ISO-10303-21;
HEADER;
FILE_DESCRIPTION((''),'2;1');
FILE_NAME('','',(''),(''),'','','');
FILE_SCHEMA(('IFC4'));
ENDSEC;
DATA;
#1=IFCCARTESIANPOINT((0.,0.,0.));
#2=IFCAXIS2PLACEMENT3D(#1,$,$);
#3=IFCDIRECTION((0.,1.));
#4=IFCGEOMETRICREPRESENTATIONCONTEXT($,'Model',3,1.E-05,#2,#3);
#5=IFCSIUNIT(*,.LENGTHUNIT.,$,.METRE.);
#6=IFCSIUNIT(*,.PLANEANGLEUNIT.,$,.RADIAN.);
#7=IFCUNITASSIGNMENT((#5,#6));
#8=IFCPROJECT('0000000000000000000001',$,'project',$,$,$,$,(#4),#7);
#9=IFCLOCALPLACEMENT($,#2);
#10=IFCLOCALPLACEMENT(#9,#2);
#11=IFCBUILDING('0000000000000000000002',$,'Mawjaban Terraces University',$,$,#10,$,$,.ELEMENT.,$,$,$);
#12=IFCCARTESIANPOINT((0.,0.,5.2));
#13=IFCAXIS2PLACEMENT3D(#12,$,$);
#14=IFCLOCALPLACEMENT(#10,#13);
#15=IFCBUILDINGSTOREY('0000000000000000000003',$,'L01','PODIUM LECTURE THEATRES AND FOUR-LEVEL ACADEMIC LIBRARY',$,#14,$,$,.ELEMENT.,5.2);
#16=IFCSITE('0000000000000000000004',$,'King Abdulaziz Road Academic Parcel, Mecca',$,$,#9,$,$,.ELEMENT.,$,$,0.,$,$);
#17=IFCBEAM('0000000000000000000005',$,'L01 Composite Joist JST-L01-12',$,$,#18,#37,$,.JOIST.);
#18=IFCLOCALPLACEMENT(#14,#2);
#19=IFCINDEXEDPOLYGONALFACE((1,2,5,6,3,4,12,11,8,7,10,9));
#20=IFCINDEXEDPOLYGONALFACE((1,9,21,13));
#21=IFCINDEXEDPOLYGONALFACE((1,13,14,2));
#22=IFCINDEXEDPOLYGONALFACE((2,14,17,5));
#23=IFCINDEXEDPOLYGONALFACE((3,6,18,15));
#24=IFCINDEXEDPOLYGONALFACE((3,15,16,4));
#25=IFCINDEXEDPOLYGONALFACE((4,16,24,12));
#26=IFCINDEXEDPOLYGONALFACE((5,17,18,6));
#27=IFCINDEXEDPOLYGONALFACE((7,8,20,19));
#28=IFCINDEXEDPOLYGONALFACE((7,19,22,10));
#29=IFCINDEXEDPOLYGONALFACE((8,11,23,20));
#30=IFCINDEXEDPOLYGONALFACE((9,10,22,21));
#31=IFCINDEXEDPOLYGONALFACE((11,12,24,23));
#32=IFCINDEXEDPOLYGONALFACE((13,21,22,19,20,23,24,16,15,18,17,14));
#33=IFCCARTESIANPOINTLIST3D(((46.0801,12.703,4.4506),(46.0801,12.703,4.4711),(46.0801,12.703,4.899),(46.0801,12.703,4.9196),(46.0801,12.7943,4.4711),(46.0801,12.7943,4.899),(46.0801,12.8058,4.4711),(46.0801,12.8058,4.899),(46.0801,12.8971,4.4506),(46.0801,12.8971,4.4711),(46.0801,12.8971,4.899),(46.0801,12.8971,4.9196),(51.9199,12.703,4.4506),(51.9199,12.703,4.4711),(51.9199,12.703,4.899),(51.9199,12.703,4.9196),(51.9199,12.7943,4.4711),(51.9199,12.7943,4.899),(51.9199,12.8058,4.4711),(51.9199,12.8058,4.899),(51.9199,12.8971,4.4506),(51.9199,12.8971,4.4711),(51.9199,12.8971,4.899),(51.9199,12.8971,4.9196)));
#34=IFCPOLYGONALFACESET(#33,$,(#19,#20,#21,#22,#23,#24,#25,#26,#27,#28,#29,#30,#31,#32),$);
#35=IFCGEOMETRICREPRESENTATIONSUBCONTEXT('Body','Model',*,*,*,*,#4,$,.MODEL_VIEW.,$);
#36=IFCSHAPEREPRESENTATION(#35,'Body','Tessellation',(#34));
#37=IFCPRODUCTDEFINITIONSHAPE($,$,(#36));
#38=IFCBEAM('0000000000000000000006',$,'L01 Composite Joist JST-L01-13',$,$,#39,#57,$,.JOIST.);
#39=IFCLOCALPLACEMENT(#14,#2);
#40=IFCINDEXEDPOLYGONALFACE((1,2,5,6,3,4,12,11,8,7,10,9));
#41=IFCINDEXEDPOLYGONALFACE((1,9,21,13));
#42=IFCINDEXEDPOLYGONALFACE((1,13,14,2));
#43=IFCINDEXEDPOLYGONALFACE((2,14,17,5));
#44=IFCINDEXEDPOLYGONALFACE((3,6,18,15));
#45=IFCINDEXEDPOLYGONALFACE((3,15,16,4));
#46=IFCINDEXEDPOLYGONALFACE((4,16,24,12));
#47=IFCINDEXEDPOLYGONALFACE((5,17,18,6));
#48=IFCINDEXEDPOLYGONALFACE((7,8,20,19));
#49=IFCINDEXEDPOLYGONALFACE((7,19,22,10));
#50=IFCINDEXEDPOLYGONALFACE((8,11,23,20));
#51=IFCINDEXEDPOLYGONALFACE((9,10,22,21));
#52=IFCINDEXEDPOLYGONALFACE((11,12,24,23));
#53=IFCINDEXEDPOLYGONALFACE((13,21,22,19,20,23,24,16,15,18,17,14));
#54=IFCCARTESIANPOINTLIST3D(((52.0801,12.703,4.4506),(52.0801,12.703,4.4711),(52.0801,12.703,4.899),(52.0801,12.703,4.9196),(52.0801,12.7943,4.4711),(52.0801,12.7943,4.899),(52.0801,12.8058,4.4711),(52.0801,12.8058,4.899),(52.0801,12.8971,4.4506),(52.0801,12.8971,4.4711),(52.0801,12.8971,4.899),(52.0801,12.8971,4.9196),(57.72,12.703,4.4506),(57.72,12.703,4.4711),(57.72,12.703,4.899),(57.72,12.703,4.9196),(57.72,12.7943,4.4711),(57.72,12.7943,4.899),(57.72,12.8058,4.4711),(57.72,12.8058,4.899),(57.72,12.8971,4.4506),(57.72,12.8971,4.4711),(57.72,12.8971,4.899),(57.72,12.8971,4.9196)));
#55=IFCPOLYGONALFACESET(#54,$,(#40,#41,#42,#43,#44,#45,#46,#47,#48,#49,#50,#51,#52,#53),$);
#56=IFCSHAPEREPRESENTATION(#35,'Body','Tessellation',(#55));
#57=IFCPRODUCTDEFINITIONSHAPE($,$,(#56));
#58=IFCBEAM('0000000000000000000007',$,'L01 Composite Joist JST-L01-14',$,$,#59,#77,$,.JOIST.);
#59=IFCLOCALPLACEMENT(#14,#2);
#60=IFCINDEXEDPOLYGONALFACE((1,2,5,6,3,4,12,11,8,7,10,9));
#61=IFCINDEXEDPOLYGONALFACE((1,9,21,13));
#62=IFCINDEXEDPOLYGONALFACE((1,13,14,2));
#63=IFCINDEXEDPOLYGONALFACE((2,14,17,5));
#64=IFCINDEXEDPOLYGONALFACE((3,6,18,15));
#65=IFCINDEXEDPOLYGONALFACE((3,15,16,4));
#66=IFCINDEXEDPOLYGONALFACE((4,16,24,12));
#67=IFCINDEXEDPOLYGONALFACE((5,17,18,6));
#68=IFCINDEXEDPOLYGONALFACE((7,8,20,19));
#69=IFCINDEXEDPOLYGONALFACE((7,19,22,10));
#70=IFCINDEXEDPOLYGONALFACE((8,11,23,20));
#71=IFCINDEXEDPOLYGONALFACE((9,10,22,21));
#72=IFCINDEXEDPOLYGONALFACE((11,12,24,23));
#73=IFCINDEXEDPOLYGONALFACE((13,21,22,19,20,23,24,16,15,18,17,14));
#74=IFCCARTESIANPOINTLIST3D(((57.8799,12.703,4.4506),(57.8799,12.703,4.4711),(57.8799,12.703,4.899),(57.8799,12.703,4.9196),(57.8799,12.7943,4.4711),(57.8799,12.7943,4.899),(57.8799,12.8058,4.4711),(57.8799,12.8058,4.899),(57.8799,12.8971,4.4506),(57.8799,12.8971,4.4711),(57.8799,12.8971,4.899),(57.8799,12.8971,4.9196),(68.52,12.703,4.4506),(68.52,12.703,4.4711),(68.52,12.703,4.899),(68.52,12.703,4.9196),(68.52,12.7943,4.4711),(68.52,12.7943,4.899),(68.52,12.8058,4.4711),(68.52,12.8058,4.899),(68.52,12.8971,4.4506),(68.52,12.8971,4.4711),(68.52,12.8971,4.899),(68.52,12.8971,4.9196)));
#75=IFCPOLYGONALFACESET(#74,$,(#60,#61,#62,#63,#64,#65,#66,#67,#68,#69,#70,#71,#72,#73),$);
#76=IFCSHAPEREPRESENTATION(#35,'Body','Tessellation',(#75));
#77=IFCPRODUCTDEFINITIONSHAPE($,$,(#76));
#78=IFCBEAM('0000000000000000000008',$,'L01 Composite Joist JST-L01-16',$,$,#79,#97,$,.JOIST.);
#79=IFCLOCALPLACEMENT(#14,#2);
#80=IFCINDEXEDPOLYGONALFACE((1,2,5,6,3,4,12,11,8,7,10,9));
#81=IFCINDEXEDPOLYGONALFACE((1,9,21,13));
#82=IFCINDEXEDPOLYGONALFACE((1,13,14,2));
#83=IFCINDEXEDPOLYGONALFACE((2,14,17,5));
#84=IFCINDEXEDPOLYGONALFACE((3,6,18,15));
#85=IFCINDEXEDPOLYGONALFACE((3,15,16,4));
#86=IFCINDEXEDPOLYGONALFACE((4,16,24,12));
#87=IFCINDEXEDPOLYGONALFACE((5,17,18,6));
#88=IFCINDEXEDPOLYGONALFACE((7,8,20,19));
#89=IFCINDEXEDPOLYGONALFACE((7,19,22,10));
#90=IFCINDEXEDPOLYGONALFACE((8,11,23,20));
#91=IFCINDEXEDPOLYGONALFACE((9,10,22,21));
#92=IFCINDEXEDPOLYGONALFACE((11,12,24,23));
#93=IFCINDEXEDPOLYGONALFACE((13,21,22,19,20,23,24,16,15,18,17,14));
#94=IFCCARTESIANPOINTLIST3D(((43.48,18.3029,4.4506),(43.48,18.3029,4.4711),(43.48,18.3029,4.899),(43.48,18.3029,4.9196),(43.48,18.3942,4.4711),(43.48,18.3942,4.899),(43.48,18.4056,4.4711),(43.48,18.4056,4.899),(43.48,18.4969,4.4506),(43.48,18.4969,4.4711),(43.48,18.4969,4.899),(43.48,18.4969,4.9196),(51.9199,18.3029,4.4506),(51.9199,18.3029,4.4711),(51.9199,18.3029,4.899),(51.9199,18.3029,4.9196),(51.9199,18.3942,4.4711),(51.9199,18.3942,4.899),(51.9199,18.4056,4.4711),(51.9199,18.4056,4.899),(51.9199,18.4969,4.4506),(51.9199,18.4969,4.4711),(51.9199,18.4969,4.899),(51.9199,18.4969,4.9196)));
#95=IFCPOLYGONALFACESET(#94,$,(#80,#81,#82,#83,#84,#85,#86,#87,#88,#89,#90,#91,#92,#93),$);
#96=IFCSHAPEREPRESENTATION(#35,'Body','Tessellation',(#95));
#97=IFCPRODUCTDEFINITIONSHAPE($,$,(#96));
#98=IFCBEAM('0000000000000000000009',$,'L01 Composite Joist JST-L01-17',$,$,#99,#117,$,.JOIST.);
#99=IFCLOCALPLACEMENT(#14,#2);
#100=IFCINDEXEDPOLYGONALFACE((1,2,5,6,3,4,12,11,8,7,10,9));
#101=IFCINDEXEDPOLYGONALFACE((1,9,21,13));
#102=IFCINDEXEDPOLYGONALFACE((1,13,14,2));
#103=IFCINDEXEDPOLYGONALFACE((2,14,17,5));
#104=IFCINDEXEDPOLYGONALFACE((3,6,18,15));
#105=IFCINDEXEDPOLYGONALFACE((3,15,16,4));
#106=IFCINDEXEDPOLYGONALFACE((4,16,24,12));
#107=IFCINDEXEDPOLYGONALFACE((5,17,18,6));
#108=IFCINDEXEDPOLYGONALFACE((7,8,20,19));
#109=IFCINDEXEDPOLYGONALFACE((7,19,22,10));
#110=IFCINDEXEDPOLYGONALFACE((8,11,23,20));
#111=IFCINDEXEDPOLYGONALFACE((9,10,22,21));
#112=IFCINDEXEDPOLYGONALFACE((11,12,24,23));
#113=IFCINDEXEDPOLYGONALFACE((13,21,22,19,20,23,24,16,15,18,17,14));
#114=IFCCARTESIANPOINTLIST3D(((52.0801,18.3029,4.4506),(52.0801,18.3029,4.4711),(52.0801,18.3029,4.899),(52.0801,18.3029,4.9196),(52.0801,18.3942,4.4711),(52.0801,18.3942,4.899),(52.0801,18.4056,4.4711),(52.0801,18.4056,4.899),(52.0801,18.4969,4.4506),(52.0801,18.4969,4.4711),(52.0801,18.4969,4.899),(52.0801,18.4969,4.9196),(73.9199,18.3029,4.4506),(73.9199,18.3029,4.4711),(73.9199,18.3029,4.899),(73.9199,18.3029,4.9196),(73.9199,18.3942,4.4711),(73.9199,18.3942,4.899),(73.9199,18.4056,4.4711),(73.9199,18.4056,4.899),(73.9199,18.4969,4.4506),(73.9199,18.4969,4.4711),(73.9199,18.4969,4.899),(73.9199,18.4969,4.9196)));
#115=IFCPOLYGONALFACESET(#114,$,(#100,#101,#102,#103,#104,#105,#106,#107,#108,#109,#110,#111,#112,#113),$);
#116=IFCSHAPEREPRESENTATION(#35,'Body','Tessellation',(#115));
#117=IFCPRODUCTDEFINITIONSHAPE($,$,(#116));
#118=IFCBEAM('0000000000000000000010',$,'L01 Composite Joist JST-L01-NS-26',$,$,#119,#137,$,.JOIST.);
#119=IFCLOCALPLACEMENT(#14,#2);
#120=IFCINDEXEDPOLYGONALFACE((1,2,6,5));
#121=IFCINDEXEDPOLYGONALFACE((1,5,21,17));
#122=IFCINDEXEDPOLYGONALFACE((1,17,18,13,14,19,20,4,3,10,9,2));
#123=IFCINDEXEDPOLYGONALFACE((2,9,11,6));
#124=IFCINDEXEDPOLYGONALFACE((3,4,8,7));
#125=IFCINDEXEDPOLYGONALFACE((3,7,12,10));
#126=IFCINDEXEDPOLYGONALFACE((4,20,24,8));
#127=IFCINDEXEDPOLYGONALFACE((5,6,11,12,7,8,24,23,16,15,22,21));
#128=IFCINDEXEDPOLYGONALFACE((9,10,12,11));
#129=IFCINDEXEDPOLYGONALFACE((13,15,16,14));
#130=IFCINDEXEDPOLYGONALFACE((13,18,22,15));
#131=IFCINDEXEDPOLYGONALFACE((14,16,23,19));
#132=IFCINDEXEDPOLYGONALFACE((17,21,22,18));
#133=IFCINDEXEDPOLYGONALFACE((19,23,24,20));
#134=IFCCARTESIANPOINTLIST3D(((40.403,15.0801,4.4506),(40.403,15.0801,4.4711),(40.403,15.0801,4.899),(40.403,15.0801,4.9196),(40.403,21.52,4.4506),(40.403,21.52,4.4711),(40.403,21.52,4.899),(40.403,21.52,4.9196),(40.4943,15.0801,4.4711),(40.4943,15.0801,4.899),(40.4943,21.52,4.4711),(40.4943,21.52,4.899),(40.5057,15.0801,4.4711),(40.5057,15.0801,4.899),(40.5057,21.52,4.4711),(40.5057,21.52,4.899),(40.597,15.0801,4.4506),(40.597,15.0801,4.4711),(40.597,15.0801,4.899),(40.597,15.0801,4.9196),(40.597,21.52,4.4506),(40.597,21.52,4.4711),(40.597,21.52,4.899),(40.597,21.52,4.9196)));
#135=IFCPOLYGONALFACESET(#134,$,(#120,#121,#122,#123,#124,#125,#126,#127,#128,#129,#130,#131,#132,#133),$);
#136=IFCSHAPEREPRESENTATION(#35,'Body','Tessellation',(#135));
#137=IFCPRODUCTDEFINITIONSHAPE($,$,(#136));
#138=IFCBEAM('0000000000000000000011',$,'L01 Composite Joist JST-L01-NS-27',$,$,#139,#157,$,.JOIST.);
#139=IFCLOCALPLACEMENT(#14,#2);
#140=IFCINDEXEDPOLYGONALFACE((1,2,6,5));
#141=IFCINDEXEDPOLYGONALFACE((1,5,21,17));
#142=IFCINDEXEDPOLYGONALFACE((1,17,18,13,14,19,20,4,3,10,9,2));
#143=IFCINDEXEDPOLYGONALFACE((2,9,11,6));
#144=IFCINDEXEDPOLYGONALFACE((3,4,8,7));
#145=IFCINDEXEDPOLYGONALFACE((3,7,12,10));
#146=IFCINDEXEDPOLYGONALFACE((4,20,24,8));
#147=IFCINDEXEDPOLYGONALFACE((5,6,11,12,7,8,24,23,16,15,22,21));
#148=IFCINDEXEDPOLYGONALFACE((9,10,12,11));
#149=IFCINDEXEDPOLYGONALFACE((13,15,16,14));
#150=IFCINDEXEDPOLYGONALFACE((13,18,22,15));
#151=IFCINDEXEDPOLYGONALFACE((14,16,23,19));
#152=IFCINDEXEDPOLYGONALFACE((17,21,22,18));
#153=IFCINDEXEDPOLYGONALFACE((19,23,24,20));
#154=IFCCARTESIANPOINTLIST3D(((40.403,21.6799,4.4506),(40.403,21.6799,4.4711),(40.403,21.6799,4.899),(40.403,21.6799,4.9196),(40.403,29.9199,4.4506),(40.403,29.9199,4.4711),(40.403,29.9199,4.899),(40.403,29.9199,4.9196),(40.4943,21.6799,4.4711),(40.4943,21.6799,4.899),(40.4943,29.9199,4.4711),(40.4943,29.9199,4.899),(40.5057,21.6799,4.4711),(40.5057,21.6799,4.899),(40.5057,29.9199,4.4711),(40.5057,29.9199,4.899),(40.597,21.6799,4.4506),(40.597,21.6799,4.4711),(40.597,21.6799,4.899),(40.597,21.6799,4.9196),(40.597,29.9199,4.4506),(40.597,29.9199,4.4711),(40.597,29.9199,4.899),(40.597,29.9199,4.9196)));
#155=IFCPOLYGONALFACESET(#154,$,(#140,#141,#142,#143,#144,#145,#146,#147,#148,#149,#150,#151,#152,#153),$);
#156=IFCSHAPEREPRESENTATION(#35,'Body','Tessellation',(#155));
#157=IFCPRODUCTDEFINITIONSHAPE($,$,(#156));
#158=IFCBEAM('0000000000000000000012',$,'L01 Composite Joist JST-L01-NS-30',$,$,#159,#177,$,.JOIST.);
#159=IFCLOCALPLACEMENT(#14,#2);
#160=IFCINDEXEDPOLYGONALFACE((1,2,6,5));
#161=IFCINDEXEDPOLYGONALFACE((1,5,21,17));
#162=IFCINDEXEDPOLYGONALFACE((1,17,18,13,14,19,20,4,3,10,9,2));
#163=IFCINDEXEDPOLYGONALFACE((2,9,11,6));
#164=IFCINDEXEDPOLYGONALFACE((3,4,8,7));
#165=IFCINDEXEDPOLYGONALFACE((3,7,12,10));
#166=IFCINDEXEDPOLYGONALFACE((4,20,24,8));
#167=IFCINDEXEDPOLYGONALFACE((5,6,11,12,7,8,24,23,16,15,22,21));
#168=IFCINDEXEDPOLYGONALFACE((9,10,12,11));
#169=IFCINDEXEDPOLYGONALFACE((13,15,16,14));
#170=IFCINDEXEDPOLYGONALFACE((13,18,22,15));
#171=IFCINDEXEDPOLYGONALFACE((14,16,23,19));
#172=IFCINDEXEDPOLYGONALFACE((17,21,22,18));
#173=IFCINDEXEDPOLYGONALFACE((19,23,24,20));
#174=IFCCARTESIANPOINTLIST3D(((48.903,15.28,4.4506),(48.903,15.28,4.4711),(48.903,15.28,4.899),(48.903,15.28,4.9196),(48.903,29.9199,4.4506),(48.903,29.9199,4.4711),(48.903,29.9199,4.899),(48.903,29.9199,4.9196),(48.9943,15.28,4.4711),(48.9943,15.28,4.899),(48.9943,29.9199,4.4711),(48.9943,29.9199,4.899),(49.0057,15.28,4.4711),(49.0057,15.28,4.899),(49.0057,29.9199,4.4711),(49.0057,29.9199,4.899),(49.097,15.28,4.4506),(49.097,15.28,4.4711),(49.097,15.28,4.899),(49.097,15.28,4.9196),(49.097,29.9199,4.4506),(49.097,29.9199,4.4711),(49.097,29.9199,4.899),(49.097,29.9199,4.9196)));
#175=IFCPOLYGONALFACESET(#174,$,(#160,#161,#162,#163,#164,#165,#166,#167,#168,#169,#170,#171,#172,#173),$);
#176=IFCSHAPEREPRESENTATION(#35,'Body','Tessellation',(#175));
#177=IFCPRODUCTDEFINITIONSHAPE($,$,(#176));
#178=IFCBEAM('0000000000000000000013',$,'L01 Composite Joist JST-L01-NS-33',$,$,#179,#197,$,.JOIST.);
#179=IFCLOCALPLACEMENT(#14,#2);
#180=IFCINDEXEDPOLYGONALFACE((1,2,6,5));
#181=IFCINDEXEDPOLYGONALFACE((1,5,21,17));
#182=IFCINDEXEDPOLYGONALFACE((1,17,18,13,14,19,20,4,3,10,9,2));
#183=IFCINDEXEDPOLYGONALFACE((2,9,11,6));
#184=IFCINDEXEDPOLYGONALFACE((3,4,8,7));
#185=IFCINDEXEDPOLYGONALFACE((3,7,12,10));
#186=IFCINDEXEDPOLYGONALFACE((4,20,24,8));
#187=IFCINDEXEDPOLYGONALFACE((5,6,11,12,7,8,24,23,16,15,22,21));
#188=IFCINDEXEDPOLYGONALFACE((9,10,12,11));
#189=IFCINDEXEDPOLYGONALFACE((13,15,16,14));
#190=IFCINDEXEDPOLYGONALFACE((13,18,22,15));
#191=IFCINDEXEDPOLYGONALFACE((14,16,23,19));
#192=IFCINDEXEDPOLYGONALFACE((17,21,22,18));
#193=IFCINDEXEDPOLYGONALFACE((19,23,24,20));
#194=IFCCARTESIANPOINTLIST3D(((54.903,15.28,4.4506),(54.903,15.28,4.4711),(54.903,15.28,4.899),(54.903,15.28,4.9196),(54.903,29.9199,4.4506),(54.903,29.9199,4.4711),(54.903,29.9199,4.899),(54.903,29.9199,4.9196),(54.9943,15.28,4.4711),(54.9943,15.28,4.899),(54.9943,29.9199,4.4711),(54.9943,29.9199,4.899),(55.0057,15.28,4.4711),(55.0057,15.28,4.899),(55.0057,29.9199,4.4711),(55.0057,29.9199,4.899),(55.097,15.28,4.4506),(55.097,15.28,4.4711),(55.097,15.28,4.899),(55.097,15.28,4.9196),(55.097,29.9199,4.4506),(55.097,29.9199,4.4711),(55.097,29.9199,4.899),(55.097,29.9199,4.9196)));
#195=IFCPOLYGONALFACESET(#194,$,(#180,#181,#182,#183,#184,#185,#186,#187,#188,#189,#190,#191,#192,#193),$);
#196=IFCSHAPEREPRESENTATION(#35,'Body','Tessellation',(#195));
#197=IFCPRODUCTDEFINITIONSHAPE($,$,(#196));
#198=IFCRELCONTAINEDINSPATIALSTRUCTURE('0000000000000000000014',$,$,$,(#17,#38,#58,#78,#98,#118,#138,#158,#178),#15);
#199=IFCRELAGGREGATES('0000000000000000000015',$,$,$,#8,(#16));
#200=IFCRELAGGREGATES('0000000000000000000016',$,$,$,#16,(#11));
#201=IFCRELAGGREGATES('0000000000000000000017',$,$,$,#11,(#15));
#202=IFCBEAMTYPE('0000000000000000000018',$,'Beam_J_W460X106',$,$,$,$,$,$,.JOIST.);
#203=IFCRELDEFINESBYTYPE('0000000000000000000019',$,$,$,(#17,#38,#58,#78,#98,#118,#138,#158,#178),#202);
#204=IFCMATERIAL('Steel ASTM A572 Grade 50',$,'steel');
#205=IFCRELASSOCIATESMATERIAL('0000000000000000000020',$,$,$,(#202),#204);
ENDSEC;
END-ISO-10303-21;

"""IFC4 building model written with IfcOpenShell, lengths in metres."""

from ifc_helpers import new_model, si_unit, direction, frame, origin, origin_2d, place, context, subcontext, project, spatial, i_section, extrude, material, material_profile, profile_set, type_object, element, save


model = new_model("IFC4")

# Units and contexts
model_context = context("Model", 3, precision=1e-05, world=origin(), true_north=direction((0.0, 1.0)))
body_context = subcontext(model_context, "Body", "Model", "MODEL_VIEW")
ifc_project = project(units=[si_unit("LENGTHUNIT", "METRE"), si_unit("PLANEANGLEUNIT", "RADIAN")], contexts=[model_context])

# Site, building, storey
site_placement = place(None, origin())
site = spatial("IfcSite", under=ifc_project, at=site_placement, Name="King Abdulaziz Road Academic Parcel, Mecca", CompositionType="ELEMENT", RefElevation=0.0)
building_placement = place(site_placement, origin())
building = spatial("IfcBuilding", under=site, at=building_placement, Name="Mawjaban Terraces University", CompositionType="ELEMENT")
storey_placement = place(building_placement, frame((0.0, 0.0, 5.2)))
storey = spatial("IfcBuildingStorey", under=building, at=storey_placement, Name="L01", Description="PODIUM LECTURE THEATRES AND FOUR-LEVEL ACADEMIC LIBRARY", CompositionType="ELEMENT", Elevation=5.2)

# Beams
ifc_material_1 = material(Name="Steel ASTM A572 Grade 50", Category="steel")
ifc_material_profile_1 = material_profile(ifc_material_1, i_section(OverallWidth=0.1941, OverallDepth=0.469, WebThickness=0.0115, FlangeThickness=0.0205, at=origin_2d()), Name="W460X106")
ifc_profile_set_1 = profile_set([ifc_material_profile_1], Name="Steel ASTM A572 Grade 50")
beam_type_1 = type_object("IfcBeamType", Name="Beam_J_W460X106", PredefinedType="JOIST", material=ifc_profile_set_1)
beam_1_placement = place(storey_placement, frame((46.0801, 12.8, 4.6851), z_axis=(1.0, 0.0, 0.0), x_axis=(0.0, 1.0, 0.0)))
element("IfcBeam", 1, at=beam_1_placement, inside=storey, type_object=beam_type_1, Name="L01 Composite Joist JST-L01-12", PredefinedType="JOIST", context=body_context, shape_type="SweptSolid", body=[
    extrude(i_section(OverallWidth=0.1941, OverallDepth=0.469, WebThickness=0.0115, FlangeThickness=0.0205, at=origin_2d()), origin(), (0.0, 0.0, 1.0), 5.8398),
])
beam_2_placement = place(storey_placement, frame((52.0801, 12.8, 4.6851), z_axis=(1.0, 0.0, 0.0), x_axis=(0.0, 1.0, 0.0)))
element("IfcBeam", 2, at=beam_2_placement, inside=storey, type_object=beam_type_1, Name="L01 Composite Joist JST-L01-13", PredefinedType="JOIST", context=body_context, shape_type="SweptSolid", body=[
    extrude(i_section(OverallWidth=0.1941, OverallDepth=0.469, WebThickness=0.0115, FlangeThickness=0.0205, at=origin_2d()), origin(), (0.0, 0.0, 1.0), 5.6399),
])
beam_3_placement = place(storey_placement, frame((57.8799, 12.8, 4.6851), z_axis=(1.0, 0.0, 0.0), x_axis=(0.0, 1.0, 0.0)))
element("IfcBeam", 3, at=beam_3_placement, inside=storey, type_object=beam_type_1, Name="L01 Composite Joist JST-L01-14", PredefinedType="JOIST", context=body_context, shape_type="SweptSolid", body=[
    extrude(i_section(OverallWidth=0.1941, OverallDepth=0.469, WebThickness=0.0115, FlangeThickness=0.0205, at=origin_2d()), origin(), (0.0, 0.0, 1.0), 10.6401),
])
beam_4_placement = place(storey_placement, frame((43.48, 18.3999, 4.6851), z_axis=(1.0, 0.0, 0.0), x_axis=(0.0, 1.0, 0.0)))
element("IfcBeam", 4, at=beam_4_placement, inside=storey, type_object=beam_type_1, Name="L01 Composite Joist JST-L01-16", PredefinedType="JOIST", context=body_context, shape_type="SweptSolid", body=[
    extrude(i_section(OverallWidth=0.1941, OverallDepth=0.469, WebThickness=0.0115, FlangeThickness=0.0205, at=origin_2d()), origin(), (0.0, 0.0, 1.0), 8.4399),
])
beam_5_placement = place(storey_placement, frame((52.0801, 18.3999, 4.6851), z_axis=(1.0, 0.0, 0.0), x_axis=(0.0, 1.0, 0.0)))
element("IfcBeam", 5, at=beam_5_placement, inside=storey, type_object=beam_type_1, Name="L01 Composite Joist JST-L01-17", PredefinedType="JOIST", context=body_context, shape_type="SweptSolid", body=[
    extrude(i_section(OverallWidth=0.1941, OverallDepth=0.469, WebThickness=0.0115, FlangeThickness=0.0205, at=origin_2d()), origin(), (0.0, 0.0, 1.0), 21.8398),
])
beam_6_placement = place(storey_placement, frame((40.5, 15.0801, 4.6851), z_axis=(0.0, 1.0, 0.0), x_axis=(-1.0, 0.0, 0.0)))
element("IfcBeam", 6, at=beam_6_placement, inside=storey, type_object=beam_type_1, Name="L01 Composite Joist JST-L01-NS-26", PredefinedType="JOIST", context=body_context, shape_type="SweptSolid", body=[
    extrude(i_section(OverallWidth=0.1941, OverallDepth=0.469, WebThickness=0.0115, FlangeThickness=0.0205, at=origin_2d()), origin(), (0.0, 0.0, 1.0), 6.4399),
])
beam_7_placement = place(storey_placement, frame((40.5, 21.6799, 4.6851), z_axis=(0.0, 1.0, 0.0), x_axis=(-1.0, 0.0, 0.0)))
element("IfcBeam", 7, at=beam_7_placement, inside=storey, type_object=beam_type_1, Name="L01 Composite Joist JST-L01-NS-27", PredefinedType="JOIST", context=body_context, shape_type="SweptSolid", body=[
    extrude(i_section(OverallWidth=0.1941, OverallDepth=0.469, WebThickness=0.0115, FlangeThickness=0.0205, at=origin_2d()), origin(), (0.0, 0.0, 1.0), 8.24),
])
for number, where, z_axis, x_axis, name in (
    (8, (49.0, 15.28, 4.6851), (0.0, 1.0, 0.0), (-1.0, 0.0, 0.0), "L01 Composite Joist JST-L01-NS-30"),
    (9, (55.0, 15.28, 4.6851), (0.0, 1.0, 0.0), (-1.0, 0.0, 0.0), "L01 Composite Joist JST-L01-NS-33"),
):
    element("IfcBeam", number, at=place(storey_placement, frame(where, z_axis=z_axis, x_axis=x_axis)), inside=storey, type_object=beam_type_1, Name=name, PredefinedType="JOIST", context=body_context, shape_type="SweptSolid", body=[
        extrude(i_section(OverallWidth=0.1941, OverallDepth=0.469, WebThickness=0.0115, FlangeThickness=0.0205, at=origin_2d()), origin(), (0.0, 0.0, 1.0), 14.6399),
    ])

save(model, "model.ifc")
